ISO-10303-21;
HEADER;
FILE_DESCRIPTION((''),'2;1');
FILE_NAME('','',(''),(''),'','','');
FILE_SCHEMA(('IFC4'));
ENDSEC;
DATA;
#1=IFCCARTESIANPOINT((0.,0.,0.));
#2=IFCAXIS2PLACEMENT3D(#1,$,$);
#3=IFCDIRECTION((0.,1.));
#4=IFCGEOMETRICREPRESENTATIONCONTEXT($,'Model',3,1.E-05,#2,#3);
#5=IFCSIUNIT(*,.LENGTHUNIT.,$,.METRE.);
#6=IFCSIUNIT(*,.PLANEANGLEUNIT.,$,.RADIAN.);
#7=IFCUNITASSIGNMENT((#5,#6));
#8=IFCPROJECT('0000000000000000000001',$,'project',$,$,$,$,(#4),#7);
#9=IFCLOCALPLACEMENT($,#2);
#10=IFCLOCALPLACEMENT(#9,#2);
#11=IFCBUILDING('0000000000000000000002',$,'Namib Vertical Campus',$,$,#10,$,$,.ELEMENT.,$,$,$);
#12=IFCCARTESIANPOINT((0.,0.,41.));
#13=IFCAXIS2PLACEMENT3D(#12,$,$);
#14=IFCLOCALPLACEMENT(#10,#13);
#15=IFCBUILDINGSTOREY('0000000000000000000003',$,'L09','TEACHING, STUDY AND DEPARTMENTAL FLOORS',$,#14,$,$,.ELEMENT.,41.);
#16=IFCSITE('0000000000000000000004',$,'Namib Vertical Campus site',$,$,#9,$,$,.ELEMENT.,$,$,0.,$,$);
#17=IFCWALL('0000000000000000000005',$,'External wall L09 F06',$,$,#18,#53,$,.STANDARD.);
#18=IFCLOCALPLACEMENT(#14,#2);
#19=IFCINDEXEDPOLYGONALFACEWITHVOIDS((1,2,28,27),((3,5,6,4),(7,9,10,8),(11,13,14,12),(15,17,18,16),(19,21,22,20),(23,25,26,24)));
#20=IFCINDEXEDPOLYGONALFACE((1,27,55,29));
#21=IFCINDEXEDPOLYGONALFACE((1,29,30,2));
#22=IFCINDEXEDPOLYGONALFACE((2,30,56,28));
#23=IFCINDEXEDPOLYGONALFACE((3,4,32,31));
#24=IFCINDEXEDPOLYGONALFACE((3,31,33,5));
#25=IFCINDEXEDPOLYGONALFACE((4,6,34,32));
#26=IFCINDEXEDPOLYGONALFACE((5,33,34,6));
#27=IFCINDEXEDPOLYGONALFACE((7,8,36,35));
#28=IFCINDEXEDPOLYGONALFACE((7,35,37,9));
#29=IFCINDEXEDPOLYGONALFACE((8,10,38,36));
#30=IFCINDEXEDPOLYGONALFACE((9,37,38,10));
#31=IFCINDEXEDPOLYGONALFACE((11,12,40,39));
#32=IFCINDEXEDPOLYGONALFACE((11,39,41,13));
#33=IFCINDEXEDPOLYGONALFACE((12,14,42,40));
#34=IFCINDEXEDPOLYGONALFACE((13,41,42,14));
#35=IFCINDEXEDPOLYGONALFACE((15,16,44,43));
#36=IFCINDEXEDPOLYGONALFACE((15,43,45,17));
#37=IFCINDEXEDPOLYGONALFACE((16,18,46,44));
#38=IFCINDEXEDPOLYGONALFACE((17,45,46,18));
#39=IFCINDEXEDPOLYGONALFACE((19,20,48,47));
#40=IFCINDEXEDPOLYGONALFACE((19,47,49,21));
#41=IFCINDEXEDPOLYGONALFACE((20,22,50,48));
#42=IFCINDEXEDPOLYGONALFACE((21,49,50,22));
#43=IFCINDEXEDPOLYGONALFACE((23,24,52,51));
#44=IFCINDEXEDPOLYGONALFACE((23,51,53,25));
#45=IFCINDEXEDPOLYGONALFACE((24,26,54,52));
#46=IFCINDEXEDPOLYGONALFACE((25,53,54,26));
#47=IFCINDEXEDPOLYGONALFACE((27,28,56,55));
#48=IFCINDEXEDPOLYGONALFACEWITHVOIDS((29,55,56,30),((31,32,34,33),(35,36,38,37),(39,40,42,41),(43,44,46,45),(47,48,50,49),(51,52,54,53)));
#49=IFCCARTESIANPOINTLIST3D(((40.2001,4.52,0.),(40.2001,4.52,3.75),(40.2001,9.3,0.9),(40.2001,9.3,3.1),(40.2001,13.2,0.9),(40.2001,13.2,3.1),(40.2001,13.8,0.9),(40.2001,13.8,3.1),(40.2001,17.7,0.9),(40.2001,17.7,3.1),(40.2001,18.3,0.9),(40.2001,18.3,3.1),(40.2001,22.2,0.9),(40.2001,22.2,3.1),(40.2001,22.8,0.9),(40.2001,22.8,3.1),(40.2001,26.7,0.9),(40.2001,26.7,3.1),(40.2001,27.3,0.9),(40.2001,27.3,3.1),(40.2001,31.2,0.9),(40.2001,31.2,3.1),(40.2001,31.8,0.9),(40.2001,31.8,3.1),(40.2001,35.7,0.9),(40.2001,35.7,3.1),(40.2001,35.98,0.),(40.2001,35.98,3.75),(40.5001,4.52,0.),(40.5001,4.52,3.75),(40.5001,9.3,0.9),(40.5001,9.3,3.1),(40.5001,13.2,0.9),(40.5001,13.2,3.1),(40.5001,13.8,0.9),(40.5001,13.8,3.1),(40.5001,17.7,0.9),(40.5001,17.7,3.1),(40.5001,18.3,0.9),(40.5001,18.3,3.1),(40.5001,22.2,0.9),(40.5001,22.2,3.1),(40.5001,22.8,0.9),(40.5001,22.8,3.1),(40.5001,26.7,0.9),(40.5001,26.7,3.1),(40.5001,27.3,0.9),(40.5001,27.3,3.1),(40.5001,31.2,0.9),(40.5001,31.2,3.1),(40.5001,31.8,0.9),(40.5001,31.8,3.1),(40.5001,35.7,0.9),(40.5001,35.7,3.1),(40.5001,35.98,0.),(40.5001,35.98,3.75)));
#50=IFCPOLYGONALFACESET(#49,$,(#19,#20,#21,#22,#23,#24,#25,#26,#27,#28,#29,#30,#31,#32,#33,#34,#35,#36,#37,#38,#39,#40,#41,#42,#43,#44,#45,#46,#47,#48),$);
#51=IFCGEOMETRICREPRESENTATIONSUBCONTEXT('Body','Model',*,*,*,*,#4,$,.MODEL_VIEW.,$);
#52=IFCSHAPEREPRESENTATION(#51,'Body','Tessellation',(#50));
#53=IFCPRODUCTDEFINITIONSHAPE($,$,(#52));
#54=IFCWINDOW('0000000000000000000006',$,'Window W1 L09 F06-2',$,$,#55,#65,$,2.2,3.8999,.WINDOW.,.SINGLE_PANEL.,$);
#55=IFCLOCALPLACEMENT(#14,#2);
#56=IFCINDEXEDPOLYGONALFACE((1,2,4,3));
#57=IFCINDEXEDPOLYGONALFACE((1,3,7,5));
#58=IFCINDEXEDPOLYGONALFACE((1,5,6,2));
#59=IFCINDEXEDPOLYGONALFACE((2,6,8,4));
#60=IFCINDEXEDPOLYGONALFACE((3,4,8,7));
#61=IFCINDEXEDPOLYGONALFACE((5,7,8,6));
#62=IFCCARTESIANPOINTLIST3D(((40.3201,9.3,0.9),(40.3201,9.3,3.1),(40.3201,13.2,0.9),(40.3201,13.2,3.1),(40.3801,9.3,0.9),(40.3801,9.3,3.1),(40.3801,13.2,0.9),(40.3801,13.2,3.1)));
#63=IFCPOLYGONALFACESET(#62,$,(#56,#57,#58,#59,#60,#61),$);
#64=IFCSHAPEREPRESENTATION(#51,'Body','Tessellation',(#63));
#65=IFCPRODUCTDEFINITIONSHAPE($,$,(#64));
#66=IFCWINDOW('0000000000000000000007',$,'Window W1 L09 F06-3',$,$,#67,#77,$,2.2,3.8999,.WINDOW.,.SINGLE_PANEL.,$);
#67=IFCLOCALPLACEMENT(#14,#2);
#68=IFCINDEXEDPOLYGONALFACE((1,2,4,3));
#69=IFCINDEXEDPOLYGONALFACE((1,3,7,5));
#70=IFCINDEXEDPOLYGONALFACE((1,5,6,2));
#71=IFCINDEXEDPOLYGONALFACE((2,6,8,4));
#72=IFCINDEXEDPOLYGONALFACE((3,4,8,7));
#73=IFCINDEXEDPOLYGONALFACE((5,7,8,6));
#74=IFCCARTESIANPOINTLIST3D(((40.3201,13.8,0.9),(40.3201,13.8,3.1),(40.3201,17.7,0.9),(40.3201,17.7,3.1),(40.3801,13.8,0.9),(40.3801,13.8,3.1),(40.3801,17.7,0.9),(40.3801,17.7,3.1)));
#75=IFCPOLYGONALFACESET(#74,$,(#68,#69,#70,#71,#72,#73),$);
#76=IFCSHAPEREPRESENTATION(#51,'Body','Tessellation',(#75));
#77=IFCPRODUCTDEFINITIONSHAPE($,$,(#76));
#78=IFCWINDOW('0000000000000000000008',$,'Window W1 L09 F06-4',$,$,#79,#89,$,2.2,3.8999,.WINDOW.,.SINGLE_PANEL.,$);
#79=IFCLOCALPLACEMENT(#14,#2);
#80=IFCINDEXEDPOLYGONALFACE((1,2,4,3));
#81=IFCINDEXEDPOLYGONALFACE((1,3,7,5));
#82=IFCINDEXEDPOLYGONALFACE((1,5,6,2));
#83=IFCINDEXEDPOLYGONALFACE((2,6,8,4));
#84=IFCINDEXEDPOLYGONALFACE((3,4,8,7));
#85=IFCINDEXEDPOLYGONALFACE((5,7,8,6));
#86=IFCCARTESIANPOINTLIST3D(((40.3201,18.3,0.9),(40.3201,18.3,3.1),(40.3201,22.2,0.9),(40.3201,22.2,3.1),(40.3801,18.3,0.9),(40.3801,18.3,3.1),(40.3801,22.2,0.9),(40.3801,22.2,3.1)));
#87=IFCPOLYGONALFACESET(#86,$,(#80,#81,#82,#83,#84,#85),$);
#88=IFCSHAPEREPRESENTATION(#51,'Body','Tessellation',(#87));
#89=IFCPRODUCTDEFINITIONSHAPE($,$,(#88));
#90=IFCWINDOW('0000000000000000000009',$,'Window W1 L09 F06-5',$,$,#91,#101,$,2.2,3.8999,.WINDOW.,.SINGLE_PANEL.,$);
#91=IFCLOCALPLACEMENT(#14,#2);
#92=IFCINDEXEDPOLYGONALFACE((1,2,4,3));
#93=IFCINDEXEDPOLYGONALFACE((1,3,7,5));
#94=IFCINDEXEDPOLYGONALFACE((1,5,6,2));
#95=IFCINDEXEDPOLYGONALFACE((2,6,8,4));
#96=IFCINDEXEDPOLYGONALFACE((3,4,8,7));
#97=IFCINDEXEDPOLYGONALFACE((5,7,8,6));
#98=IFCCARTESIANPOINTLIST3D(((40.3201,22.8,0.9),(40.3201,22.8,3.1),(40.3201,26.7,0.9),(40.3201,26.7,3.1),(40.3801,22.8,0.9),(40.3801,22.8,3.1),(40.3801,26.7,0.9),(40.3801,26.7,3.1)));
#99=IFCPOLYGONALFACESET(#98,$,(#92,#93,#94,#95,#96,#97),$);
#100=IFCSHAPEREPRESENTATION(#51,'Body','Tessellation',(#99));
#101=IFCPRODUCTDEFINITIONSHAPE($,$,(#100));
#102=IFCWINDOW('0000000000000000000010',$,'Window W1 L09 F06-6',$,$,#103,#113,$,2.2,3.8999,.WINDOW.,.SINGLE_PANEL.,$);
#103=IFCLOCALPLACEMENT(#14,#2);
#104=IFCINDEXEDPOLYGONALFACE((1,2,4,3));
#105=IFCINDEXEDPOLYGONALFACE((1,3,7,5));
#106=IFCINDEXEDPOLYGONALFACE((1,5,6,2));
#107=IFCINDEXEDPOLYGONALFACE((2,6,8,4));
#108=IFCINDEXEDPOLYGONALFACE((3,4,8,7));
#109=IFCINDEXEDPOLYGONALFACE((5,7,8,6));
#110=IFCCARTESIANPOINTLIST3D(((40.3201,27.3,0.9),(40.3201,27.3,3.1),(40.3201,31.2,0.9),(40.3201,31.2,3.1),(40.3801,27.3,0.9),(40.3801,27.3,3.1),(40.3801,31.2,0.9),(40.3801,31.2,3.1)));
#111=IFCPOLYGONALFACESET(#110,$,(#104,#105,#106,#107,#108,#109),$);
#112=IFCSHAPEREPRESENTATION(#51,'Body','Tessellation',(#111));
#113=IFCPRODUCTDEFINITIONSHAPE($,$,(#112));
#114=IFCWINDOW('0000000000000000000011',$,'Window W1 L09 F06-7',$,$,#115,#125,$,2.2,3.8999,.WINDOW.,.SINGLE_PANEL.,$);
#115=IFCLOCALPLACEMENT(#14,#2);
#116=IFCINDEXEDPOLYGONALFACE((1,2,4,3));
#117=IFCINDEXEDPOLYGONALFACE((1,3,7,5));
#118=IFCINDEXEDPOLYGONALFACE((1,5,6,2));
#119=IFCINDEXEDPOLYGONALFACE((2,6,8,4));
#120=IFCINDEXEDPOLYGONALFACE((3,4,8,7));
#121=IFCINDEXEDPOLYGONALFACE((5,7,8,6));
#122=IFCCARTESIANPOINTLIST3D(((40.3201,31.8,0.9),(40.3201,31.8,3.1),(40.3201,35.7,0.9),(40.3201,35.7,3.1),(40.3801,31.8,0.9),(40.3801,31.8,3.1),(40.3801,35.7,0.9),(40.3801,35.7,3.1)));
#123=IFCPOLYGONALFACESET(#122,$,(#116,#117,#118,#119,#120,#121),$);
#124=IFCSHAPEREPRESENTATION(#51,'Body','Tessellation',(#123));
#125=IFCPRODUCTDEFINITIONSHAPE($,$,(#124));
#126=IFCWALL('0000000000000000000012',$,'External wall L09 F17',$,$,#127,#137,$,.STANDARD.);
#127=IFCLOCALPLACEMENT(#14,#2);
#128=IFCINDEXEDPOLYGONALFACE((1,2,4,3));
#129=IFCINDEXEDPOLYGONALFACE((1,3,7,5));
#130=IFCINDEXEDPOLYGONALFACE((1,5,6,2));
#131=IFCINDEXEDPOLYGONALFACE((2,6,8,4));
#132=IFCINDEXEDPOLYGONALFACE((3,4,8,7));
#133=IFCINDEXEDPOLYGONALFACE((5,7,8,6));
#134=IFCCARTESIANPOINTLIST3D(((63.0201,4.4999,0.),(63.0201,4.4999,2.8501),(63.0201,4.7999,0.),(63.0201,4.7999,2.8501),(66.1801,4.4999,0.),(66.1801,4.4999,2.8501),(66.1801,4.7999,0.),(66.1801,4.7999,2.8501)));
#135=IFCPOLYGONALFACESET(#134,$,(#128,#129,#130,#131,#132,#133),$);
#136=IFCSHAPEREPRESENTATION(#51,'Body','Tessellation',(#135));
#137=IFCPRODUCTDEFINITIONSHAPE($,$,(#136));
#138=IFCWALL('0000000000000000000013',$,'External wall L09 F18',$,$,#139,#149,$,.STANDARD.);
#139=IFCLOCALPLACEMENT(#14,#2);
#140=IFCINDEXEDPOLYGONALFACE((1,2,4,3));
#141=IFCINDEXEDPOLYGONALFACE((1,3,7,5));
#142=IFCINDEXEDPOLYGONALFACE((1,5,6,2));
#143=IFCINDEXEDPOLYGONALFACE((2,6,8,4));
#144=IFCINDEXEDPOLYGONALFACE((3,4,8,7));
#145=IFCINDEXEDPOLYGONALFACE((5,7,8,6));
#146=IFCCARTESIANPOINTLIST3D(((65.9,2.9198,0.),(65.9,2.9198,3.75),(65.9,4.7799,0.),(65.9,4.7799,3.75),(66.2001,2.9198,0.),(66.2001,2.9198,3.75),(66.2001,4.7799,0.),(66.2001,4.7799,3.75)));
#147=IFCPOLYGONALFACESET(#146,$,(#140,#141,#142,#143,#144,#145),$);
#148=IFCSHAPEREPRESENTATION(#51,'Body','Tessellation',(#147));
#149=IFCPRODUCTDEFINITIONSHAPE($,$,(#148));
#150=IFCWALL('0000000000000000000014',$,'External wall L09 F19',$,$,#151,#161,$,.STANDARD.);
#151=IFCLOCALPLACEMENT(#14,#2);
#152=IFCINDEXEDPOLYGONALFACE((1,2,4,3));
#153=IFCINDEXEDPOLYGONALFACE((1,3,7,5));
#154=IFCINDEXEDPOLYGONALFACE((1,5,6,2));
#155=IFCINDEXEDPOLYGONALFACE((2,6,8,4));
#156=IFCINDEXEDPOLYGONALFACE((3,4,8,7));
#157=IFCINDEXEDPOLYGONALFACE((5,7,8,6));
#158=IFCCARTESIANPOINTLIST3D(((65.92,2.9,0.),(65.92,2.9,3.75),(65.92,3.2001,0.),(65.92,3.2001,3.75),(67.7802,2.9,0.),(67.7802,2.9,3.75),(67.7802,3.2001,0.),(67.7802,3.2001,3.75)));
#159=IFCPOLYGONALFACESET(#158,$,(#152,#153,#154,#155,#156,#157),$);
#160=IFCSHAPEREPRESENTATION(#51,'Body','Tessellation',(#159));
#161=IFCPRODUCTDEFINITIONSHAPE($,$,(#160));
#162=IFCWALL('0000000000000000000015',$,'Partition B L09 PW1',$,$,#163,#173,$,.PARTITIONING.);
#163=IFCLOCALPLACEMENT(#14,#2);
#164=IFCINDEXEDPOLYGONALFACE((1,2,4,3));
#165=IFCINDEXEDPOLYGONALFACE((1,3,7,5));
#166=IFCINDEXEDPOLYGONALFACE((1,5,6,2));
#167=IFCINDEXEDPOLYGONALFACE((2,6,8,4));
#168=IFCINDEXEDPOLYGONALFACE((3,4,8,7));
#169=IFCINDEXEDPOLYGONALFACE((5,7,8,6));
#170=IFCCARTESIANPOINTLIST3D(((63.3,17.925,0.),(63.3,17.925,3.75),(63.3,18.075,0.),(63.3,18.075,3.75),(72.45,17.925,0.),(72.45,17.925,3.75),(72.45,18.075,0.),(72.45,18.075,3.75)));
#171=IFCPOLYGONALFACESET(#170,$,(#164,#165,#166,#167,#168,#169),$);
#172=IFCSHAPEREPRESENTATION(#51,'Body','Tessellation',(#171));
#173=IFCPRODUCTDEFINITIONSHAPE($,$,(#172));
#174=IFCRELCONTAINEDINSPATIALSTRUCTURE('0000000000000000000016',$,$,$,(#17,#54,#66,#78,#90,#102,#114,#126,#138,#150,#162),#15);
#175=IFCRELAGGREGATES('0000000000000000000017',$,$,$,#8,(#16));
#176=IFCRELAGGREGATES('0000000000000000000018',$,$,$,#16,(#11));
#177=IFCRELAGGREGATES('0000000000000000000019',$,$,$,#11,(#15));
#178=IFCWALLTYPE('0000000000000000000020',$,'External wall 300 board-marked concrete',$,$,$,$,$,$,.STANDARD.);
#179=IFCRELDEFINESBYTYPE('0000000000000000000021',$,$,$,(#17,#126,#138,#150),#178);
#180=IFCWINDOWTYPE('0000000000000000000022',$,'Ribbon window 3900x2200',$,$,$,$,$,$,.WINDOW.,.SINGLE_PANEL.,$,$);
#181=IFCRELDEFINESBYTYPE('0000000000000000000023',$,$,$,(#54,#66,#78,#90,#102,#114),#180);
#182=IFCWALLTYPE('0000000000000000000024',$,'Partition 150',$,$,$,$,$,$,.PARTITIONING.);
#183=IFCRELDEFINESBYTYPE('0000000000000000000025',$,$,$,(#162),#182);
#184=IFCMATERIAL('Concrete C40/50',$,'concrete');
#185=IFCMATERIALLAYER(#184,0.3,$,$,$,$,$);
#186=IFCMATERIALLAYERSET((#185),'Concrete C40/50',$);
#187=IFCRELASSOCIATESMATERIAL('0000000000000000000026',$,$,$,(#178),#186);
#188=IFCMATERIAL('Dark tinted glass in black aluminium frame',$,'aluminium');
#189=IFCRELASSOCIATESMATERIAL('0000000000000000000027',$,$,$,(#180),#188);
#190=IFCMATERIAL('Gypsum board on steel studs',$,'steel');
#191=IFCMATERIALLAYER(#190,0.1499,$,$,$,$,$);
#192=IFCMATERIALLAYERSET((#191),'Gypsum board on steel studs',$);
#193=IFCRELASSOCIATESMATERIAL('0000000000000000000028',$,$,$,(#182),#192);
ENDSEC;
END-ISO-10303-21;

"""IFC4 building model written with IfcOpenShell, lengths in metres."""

from ifc_helpers import new_model, si_unit, direction, frame, frame_2d, origin, place, context, subcontext, project, spatial, rectangle, extrude, material, layer, layer_set, type_object, element, fill, save


model = new_model("IFC4")

# Units and contexts
model_context = context("Model", 3, precision=1e-05, world=origin(), true_north=direction((0.0, 1.0)))
body_context = subcontext(model_context, "Body", "Model", "MODEL_VIEW")
ifc_project = project(units=[si_unit("LENGTHUNIT", "METRE"), si_unit("PLANEANGLEUNIT", "RADIAN")], contexts=[model_context])

# Site, building, storey
site_placement = place(None, origin())
site = spatial("IfcSite", under=ifc_project, at=site_placement, Name="Namib Vertical Campus site", CompositionType="ELEMENT", RefElevation=0.0)
building_placement = place(site_placement, origin())
building = spatial("IfcBuilding", under=site, at=building_placement, Name="Namib Vertical Campus", CompositionType="ELEMENT")
storey_placement = place(building_placement, frame((0.0, 0.0, 41.0)))
storey = spatial("IfcBuildingStorey", under=building, at=storey_placement, Name="L09", Description="TEACHING, STUDY AND DEPARTMENTAL FLOORS", CompositionType="ELEMENT", Elevation=41.0)

# Shared definitions
ifc_material_1 = material(Name="Concrete C40/50", Category="concrete")
ifc_layer_1 = layer(ifc_material_1, 0.3)
ifc_layer_set_1 = layer_set([ifc_layer_1], Name="Concrete C40/50")
wall_type_1 = type_object("IfcWallType", Name="External wall 300 board-marked concrete", PredefinedType="STANDARD", material=ifc_layer_set_1)

# Wall, openings, windows
wall_1_placement = place(storey_placement, frame((40.3501, 4.52, 0.0), z_axis=(0.0, 0.0, 1.0), x_axis=(0.0, 1.0, 0.0)))
wall_1 = element("IfcWall", 1, at=wall_1_placement, inside=storey, type_object=wall_type_1, Name="External wall L09 F06", PredefinedType="STANDARD", context=body_context, shape_type="SweptSolid", body=[
    extrude(rectangle(XDim=31.46, YDim=0.3, at=frame_2d((15.73, 0.0))), origin(), (0.0, 0.0, 1.0), 3.75),
])
opening_1_placement = place(wall_1_placement, frame((4.78, 0.0, 0.8999)))
opening_1 = element("IfcOpeningElement", 2, at=opening_1_placement, cuts=wall_1, PredefinedType="OPENING", context=body_context, shape_type="SweptSolid", body=[
    extrude(rectangle(XDim=3.8999, YDim=2.2, at=frame_2d((1.95, 1.1001))), frame((0.0, 0.1599, 0.0), z_axis=(0.0, -1.0, 0.0), x_axis=(1.0, 0.0, 0.0)), (0.0, 0.0, 1.0), 0.3201),
])
opening_2_placement = place(wall_1_placement, frame((9.28, 0.0, 0.8999)))
opening_2 = element("IfcOpeningElement", 3, at=opening_2_placement, cuts=wall_1, PredefinedType="OPENING", context=body_context, shape_type="SweptSolid", body=[
    extrude(rectangle(XDim=3.8999, YDim=2.2, at=frame_2d((1.95, 1.1001))), frame((0.0, 0.1599, 0.0), z_axis=(0.0, -1.0, 0.0), x_axis=(1.0, 0.0, 0.0)), (0.0, 0.0, 1.0), 0.3201),
])
opening_3_placement = place(wall_1_placement, frame((13.78, 0.0, 0.8999)))
opening_3 = element("IfcOpeningElement", 4, at=opening_3_placement, cuts=wall_1, PredefinedType="OPENING", context=body_context, shape_type="SweptSolid", body=[
    extrude(rectangle(XDim=3.8999, YDim=2.2, at=frame_2d((1.95, 1.1001))), frame((0.0, 0.1599, 0.0), z_axis=(0.0, -1.0, 0.0), x_axis=(1.0, 0.0, 0.0)), (0.0, 0.0, 1.0), 0.3201),
])
opening_4_placement = place(wall_1_placement, frame((18.28, 0.0, 0.8999)))
opening_4 = element("IfcOpeningElement", 5, at=opening_4_placement, cuts=wall_1, PredefinedType="OPENING", context=body_context, shape_type="SweptSolid", body=[
    extrude(rectangle(XDim=3.8999, YDim=2.2, at=frame_2d((1.95, 1.1001))), frame((0.0, 0.1599, 0.0), z_axis=(0.0, -1.0, 0.0), x_axis=(1.0, 0.0, 0.0)), (0.0, 0.0, 1.0), 0.3201),
])
opening_5_placement = place(wall_1_placement, frame((22.78, 0.0, 0.8999)))
opening_5 = element("IfcOpeningElement", 6, at=opening_5_placement, cuts=wall_1, PredefinedType="OPENING", context=body_context, shape_type="SweptSolid", body=[
    extrude(rectangle(XDim=3.8999, YDim=2.2, at=frame_2d((1.95, 1.1001))), frame((0.0, 0.1599, 0.0), z_axis=(0.0, -1.0, 0.0), x_axis=(1.0, 0.0, 0.0)), (0.0, 0.0, 1.0), 0.3201),
])
opening_6_placement = place(wall_1_placement, frame((27.28, 0.0, 0.8999)))
opening_6 = element("IfcOpeningElement", 7, at=opening_6_placement, cuts=wall_1, PredefinedType="OPENING", context=body_context, shape_type="SweptSolid", body=[
    extrude(rectangle(XDim=3.8999, YDim=2.2, at=frame_2d((1.95, 1.1001))), frame((0.0, 0.1599, 0.0), z_axis=(0.0, -1.0, 0.0), x_axis=(1.0, 0.0, 0.0)), (0.0, 0.0, 1.0), 0.3201),
])
ifc_material_2 = material(Name="Dark tinted glass in black aluminium frame", Category="aluminium")
window_type = type_object("IfcWindowType", Name="Ribbon window 3900x2200", PartitioningType="SINGLE_PANEL", PredefinedType="WINDOW", material=ifc_material_2)
window_1_placement = place(opening_1_placement, origin())
window_1 = element("IfcWindow", 8, at=window_1_placement, inside=storey, type_object=window_type, Name="Window W1 L09 F06-2", OverallHeight=2.2, OverallWidth=3.8999, PartitioningType="SINGLE_PANEL", PredefinedType="WINDOW", context=body_context, shape_type="SweptSolid", body=[
    extrude(rectangle(XDim=3.8999, YDim=2.2, at=frame_2d((1.95, 1.1001))), frame((0.0, 0.03, 0.0), z_axis=(0.0, -1.0, 0.0), x_axis=(1.0, 0.0, 0.0)), (0.0, 0.0, 1.0), 0.0601),
])
fill(opening_1, window_1)
window_2_placement = place(opening_2_placement, origin())
window_2 = element("IfcWindow", 9, at=window_2_placement, inside=storey, type_object=window_type, Name="Window W1 L09 F06-3", OverallHeight=2.2, OverallWidth=3.8999, PartitioningType="SINGLE_PANEL", PredefinedType="WINDOW", context=body_context, shape_type="SweptSolid", body=[
    extrude(rectangle(XDim=3.8999, YDim=2.2, at=frame_2d((1.95, 1.1001))), frame((0.0, 0.03, 0.0), z_axis=(0.0, -1.0, 0.0), x_axis=(1.0, 0.0, 0.0)), (0.0, 0.0, 1.0), 0.0601),
])
fill(opening_2, window_2)
window_3_placement = place(opening_3_placement, origin())
window_3 = element("IfcWindow", 10, at=window_3_placement, inside=storey, type_object=window_type, Name="Window W1 L09 F06-4", OverallHeight=2.2, OverallWidth=3.8999, PartitioningType="SINGLE_PANEL", PredefinedType="WINDOW", context=body_context, shape_type="SweptSolid", body=[
    extrude(rectangle(XDim=3.8999, YDim=2.2, at=frame_2d((1.95, 1.1001))), frame((0.0, 0.03, 0.0), z_axis=(0.0, -1.0, 0.0), x_axis=(1.0, 0.0, 0.0)), (0.0, 0.0, 1.0), 0.0601),
])
fill(opening_3, window_3)
window_4_placement = place(opening_4_placement, origin())
window_4 = element("IfcWindow", 11, at=window_4_placement, inside=storey, type_object=window_type, Name="Window W1 L09 F06-5", OverallHeight=2.2, OverallWidth=3.8999, PartitioningType="SINGLE_PANEL", PredefinedType="WINDOW", context=body_context, shape_type="SweptSolid", body=[
    extrude(rectangle(XDim=3.8999, YDim=2.2, at=frame_2d((1.95, 1.1001))), frame((0.0, 0.03, 0.0), z_axis=(0.0, -1.0, 0.0), x_axis=(1.0, 0.0, 0.0)), (0.0, 0.0, 1.0), 0.0601),
])
fill(opening_4, window_4)
window_5_placement = place(opening_5_placement, origin())
window_5 = element("IfcWindow", 12, at=window_5_placement, inside=storey, type_object=window_type, Name="Window W1 L09 F06-6", OverallHeight=2.2, OverallWidth=3.8999, PartitioningType="SINGLE_PANEL", PredefinedType="WINDOW", context=body_context, shape_type="SweptSolid", body=[
    extrude(rectangle(XDim=3.8999, YDim=2.2, at=frame_2d((1.95, 1.1001))), frame((0.0, 0.03, 0.0), z_axis=(0.0, -1.0, 0.0), x_axis=(1.0, 0.0, 0.0)), (0.0, 0.0, 1.0), 0.0601),
])
fill(opening_5, window_5)
window_6_placement = place(opening_6_placement, origin())
window_6 = element("IfcWindow", 13, at=window_6_placement, inside=storey, type_object=window_type, Name="Window W1 L09 F06-7", OverallHeight=2.2, OverallWidth=3.8999, PartitioningType="SINGLE_PANEL", PredefinedType="WINDOW", context=body_context, shape_type="SweptSolid", body=[
    extrude(rectangle(XDim=3.8999, YDim=2.2, at=frame_2d((1.95, 1.1001))), frame((0.0, 0.03, 0.0), z_axis=(0.0, -1.0, 0.0), x_axis=(1.0, 0.0, 0.0)), (0.0, 0.0, 1.0), 0.0601),
])
fill(opening_6, window_6)

# Walls
wall_2_placement = place(storey_placement, frame((63.02, 4.6499, 0.0), z_axis=(0.0, 0.0, 1.0), x_axis=(1.0, 0.0, 0.0)))
element("IfcWall", 14, at=wall_2_placement, inside=storey, type_object=wall_type_1, Name="External wall L09 F17", PredefinedType="STANDARD", context=body_context, shape_type="SweptSolid", body=[
    extrude(rectangle(XDim=3.1599, YDim=0.3, at=frame_2d((1.5801, 0.0))), origin(), (0.0, 0.0, 1.0), 2.8501),
])
for number, where, z_axis, x_axis, name in (
    (15, (66.05, 4.78, 0.0), (0.0, 0.0, 1.0), (0.0, -1.0, 0.0), "External wall L09 F18"),
    (16, (65.9199, 3.05, 0.0), (0.0, 0.0, 1.0), (1.0, 0.0, 0.0), "External wall L09 F19"),
):
    element("IfcWall", number, at=place(storey_placement, frame(where, z_axis=z_axis, x_axis=x_axis)), inside=storey, type_object=wall_type_1, Name=name, PredefinedType="STANDARD", context=body_context, shape_type="SweptSolid", body=[
        extrude(rectangle(XDim=1.8601, YDim=0.3, at=frame_2d((0.9302, 0.0))), origin(), (0.0, 0.0, 1.0), 3.75),
    ])
ifc_material_3 = material(Name="Gypsum board on steel studs", Category="steel")
ifc_layer_2 = layer(ifc_material_3, 0.1499)
ifc_layer_set_2 = layer_set([ifc_layer_2], Name="Gypsum board on steel studs")
wall_type_2 = type_object("IfcWallType", Name="Partition 150", PredefinedType="PARTITIONING", material=ifc_layer_set_2)
wall_3_placement = place(storey_placement, frame((63.3, 18.0, 0.0), z_axis=(0.0, 0.0, 1.0), x_axis=(1.0, 0.0, 0.0)))
element("IfcWall", 17, at=wall_3_placement, inside=storey, type_object=wall_type_2, Name="Partition B L09 PW1", PredefinedType="PARTITIONING", context=body_context, shape_type="SweptSolid", body=[
    extrude(rectangle(XDim=9.1499, YDim=0.1499, at=frame_2d((4.575, 0.0))), origin(), (0.0, 0.0, 1.0), 3.75),
])

save(model, "model.ifc")
